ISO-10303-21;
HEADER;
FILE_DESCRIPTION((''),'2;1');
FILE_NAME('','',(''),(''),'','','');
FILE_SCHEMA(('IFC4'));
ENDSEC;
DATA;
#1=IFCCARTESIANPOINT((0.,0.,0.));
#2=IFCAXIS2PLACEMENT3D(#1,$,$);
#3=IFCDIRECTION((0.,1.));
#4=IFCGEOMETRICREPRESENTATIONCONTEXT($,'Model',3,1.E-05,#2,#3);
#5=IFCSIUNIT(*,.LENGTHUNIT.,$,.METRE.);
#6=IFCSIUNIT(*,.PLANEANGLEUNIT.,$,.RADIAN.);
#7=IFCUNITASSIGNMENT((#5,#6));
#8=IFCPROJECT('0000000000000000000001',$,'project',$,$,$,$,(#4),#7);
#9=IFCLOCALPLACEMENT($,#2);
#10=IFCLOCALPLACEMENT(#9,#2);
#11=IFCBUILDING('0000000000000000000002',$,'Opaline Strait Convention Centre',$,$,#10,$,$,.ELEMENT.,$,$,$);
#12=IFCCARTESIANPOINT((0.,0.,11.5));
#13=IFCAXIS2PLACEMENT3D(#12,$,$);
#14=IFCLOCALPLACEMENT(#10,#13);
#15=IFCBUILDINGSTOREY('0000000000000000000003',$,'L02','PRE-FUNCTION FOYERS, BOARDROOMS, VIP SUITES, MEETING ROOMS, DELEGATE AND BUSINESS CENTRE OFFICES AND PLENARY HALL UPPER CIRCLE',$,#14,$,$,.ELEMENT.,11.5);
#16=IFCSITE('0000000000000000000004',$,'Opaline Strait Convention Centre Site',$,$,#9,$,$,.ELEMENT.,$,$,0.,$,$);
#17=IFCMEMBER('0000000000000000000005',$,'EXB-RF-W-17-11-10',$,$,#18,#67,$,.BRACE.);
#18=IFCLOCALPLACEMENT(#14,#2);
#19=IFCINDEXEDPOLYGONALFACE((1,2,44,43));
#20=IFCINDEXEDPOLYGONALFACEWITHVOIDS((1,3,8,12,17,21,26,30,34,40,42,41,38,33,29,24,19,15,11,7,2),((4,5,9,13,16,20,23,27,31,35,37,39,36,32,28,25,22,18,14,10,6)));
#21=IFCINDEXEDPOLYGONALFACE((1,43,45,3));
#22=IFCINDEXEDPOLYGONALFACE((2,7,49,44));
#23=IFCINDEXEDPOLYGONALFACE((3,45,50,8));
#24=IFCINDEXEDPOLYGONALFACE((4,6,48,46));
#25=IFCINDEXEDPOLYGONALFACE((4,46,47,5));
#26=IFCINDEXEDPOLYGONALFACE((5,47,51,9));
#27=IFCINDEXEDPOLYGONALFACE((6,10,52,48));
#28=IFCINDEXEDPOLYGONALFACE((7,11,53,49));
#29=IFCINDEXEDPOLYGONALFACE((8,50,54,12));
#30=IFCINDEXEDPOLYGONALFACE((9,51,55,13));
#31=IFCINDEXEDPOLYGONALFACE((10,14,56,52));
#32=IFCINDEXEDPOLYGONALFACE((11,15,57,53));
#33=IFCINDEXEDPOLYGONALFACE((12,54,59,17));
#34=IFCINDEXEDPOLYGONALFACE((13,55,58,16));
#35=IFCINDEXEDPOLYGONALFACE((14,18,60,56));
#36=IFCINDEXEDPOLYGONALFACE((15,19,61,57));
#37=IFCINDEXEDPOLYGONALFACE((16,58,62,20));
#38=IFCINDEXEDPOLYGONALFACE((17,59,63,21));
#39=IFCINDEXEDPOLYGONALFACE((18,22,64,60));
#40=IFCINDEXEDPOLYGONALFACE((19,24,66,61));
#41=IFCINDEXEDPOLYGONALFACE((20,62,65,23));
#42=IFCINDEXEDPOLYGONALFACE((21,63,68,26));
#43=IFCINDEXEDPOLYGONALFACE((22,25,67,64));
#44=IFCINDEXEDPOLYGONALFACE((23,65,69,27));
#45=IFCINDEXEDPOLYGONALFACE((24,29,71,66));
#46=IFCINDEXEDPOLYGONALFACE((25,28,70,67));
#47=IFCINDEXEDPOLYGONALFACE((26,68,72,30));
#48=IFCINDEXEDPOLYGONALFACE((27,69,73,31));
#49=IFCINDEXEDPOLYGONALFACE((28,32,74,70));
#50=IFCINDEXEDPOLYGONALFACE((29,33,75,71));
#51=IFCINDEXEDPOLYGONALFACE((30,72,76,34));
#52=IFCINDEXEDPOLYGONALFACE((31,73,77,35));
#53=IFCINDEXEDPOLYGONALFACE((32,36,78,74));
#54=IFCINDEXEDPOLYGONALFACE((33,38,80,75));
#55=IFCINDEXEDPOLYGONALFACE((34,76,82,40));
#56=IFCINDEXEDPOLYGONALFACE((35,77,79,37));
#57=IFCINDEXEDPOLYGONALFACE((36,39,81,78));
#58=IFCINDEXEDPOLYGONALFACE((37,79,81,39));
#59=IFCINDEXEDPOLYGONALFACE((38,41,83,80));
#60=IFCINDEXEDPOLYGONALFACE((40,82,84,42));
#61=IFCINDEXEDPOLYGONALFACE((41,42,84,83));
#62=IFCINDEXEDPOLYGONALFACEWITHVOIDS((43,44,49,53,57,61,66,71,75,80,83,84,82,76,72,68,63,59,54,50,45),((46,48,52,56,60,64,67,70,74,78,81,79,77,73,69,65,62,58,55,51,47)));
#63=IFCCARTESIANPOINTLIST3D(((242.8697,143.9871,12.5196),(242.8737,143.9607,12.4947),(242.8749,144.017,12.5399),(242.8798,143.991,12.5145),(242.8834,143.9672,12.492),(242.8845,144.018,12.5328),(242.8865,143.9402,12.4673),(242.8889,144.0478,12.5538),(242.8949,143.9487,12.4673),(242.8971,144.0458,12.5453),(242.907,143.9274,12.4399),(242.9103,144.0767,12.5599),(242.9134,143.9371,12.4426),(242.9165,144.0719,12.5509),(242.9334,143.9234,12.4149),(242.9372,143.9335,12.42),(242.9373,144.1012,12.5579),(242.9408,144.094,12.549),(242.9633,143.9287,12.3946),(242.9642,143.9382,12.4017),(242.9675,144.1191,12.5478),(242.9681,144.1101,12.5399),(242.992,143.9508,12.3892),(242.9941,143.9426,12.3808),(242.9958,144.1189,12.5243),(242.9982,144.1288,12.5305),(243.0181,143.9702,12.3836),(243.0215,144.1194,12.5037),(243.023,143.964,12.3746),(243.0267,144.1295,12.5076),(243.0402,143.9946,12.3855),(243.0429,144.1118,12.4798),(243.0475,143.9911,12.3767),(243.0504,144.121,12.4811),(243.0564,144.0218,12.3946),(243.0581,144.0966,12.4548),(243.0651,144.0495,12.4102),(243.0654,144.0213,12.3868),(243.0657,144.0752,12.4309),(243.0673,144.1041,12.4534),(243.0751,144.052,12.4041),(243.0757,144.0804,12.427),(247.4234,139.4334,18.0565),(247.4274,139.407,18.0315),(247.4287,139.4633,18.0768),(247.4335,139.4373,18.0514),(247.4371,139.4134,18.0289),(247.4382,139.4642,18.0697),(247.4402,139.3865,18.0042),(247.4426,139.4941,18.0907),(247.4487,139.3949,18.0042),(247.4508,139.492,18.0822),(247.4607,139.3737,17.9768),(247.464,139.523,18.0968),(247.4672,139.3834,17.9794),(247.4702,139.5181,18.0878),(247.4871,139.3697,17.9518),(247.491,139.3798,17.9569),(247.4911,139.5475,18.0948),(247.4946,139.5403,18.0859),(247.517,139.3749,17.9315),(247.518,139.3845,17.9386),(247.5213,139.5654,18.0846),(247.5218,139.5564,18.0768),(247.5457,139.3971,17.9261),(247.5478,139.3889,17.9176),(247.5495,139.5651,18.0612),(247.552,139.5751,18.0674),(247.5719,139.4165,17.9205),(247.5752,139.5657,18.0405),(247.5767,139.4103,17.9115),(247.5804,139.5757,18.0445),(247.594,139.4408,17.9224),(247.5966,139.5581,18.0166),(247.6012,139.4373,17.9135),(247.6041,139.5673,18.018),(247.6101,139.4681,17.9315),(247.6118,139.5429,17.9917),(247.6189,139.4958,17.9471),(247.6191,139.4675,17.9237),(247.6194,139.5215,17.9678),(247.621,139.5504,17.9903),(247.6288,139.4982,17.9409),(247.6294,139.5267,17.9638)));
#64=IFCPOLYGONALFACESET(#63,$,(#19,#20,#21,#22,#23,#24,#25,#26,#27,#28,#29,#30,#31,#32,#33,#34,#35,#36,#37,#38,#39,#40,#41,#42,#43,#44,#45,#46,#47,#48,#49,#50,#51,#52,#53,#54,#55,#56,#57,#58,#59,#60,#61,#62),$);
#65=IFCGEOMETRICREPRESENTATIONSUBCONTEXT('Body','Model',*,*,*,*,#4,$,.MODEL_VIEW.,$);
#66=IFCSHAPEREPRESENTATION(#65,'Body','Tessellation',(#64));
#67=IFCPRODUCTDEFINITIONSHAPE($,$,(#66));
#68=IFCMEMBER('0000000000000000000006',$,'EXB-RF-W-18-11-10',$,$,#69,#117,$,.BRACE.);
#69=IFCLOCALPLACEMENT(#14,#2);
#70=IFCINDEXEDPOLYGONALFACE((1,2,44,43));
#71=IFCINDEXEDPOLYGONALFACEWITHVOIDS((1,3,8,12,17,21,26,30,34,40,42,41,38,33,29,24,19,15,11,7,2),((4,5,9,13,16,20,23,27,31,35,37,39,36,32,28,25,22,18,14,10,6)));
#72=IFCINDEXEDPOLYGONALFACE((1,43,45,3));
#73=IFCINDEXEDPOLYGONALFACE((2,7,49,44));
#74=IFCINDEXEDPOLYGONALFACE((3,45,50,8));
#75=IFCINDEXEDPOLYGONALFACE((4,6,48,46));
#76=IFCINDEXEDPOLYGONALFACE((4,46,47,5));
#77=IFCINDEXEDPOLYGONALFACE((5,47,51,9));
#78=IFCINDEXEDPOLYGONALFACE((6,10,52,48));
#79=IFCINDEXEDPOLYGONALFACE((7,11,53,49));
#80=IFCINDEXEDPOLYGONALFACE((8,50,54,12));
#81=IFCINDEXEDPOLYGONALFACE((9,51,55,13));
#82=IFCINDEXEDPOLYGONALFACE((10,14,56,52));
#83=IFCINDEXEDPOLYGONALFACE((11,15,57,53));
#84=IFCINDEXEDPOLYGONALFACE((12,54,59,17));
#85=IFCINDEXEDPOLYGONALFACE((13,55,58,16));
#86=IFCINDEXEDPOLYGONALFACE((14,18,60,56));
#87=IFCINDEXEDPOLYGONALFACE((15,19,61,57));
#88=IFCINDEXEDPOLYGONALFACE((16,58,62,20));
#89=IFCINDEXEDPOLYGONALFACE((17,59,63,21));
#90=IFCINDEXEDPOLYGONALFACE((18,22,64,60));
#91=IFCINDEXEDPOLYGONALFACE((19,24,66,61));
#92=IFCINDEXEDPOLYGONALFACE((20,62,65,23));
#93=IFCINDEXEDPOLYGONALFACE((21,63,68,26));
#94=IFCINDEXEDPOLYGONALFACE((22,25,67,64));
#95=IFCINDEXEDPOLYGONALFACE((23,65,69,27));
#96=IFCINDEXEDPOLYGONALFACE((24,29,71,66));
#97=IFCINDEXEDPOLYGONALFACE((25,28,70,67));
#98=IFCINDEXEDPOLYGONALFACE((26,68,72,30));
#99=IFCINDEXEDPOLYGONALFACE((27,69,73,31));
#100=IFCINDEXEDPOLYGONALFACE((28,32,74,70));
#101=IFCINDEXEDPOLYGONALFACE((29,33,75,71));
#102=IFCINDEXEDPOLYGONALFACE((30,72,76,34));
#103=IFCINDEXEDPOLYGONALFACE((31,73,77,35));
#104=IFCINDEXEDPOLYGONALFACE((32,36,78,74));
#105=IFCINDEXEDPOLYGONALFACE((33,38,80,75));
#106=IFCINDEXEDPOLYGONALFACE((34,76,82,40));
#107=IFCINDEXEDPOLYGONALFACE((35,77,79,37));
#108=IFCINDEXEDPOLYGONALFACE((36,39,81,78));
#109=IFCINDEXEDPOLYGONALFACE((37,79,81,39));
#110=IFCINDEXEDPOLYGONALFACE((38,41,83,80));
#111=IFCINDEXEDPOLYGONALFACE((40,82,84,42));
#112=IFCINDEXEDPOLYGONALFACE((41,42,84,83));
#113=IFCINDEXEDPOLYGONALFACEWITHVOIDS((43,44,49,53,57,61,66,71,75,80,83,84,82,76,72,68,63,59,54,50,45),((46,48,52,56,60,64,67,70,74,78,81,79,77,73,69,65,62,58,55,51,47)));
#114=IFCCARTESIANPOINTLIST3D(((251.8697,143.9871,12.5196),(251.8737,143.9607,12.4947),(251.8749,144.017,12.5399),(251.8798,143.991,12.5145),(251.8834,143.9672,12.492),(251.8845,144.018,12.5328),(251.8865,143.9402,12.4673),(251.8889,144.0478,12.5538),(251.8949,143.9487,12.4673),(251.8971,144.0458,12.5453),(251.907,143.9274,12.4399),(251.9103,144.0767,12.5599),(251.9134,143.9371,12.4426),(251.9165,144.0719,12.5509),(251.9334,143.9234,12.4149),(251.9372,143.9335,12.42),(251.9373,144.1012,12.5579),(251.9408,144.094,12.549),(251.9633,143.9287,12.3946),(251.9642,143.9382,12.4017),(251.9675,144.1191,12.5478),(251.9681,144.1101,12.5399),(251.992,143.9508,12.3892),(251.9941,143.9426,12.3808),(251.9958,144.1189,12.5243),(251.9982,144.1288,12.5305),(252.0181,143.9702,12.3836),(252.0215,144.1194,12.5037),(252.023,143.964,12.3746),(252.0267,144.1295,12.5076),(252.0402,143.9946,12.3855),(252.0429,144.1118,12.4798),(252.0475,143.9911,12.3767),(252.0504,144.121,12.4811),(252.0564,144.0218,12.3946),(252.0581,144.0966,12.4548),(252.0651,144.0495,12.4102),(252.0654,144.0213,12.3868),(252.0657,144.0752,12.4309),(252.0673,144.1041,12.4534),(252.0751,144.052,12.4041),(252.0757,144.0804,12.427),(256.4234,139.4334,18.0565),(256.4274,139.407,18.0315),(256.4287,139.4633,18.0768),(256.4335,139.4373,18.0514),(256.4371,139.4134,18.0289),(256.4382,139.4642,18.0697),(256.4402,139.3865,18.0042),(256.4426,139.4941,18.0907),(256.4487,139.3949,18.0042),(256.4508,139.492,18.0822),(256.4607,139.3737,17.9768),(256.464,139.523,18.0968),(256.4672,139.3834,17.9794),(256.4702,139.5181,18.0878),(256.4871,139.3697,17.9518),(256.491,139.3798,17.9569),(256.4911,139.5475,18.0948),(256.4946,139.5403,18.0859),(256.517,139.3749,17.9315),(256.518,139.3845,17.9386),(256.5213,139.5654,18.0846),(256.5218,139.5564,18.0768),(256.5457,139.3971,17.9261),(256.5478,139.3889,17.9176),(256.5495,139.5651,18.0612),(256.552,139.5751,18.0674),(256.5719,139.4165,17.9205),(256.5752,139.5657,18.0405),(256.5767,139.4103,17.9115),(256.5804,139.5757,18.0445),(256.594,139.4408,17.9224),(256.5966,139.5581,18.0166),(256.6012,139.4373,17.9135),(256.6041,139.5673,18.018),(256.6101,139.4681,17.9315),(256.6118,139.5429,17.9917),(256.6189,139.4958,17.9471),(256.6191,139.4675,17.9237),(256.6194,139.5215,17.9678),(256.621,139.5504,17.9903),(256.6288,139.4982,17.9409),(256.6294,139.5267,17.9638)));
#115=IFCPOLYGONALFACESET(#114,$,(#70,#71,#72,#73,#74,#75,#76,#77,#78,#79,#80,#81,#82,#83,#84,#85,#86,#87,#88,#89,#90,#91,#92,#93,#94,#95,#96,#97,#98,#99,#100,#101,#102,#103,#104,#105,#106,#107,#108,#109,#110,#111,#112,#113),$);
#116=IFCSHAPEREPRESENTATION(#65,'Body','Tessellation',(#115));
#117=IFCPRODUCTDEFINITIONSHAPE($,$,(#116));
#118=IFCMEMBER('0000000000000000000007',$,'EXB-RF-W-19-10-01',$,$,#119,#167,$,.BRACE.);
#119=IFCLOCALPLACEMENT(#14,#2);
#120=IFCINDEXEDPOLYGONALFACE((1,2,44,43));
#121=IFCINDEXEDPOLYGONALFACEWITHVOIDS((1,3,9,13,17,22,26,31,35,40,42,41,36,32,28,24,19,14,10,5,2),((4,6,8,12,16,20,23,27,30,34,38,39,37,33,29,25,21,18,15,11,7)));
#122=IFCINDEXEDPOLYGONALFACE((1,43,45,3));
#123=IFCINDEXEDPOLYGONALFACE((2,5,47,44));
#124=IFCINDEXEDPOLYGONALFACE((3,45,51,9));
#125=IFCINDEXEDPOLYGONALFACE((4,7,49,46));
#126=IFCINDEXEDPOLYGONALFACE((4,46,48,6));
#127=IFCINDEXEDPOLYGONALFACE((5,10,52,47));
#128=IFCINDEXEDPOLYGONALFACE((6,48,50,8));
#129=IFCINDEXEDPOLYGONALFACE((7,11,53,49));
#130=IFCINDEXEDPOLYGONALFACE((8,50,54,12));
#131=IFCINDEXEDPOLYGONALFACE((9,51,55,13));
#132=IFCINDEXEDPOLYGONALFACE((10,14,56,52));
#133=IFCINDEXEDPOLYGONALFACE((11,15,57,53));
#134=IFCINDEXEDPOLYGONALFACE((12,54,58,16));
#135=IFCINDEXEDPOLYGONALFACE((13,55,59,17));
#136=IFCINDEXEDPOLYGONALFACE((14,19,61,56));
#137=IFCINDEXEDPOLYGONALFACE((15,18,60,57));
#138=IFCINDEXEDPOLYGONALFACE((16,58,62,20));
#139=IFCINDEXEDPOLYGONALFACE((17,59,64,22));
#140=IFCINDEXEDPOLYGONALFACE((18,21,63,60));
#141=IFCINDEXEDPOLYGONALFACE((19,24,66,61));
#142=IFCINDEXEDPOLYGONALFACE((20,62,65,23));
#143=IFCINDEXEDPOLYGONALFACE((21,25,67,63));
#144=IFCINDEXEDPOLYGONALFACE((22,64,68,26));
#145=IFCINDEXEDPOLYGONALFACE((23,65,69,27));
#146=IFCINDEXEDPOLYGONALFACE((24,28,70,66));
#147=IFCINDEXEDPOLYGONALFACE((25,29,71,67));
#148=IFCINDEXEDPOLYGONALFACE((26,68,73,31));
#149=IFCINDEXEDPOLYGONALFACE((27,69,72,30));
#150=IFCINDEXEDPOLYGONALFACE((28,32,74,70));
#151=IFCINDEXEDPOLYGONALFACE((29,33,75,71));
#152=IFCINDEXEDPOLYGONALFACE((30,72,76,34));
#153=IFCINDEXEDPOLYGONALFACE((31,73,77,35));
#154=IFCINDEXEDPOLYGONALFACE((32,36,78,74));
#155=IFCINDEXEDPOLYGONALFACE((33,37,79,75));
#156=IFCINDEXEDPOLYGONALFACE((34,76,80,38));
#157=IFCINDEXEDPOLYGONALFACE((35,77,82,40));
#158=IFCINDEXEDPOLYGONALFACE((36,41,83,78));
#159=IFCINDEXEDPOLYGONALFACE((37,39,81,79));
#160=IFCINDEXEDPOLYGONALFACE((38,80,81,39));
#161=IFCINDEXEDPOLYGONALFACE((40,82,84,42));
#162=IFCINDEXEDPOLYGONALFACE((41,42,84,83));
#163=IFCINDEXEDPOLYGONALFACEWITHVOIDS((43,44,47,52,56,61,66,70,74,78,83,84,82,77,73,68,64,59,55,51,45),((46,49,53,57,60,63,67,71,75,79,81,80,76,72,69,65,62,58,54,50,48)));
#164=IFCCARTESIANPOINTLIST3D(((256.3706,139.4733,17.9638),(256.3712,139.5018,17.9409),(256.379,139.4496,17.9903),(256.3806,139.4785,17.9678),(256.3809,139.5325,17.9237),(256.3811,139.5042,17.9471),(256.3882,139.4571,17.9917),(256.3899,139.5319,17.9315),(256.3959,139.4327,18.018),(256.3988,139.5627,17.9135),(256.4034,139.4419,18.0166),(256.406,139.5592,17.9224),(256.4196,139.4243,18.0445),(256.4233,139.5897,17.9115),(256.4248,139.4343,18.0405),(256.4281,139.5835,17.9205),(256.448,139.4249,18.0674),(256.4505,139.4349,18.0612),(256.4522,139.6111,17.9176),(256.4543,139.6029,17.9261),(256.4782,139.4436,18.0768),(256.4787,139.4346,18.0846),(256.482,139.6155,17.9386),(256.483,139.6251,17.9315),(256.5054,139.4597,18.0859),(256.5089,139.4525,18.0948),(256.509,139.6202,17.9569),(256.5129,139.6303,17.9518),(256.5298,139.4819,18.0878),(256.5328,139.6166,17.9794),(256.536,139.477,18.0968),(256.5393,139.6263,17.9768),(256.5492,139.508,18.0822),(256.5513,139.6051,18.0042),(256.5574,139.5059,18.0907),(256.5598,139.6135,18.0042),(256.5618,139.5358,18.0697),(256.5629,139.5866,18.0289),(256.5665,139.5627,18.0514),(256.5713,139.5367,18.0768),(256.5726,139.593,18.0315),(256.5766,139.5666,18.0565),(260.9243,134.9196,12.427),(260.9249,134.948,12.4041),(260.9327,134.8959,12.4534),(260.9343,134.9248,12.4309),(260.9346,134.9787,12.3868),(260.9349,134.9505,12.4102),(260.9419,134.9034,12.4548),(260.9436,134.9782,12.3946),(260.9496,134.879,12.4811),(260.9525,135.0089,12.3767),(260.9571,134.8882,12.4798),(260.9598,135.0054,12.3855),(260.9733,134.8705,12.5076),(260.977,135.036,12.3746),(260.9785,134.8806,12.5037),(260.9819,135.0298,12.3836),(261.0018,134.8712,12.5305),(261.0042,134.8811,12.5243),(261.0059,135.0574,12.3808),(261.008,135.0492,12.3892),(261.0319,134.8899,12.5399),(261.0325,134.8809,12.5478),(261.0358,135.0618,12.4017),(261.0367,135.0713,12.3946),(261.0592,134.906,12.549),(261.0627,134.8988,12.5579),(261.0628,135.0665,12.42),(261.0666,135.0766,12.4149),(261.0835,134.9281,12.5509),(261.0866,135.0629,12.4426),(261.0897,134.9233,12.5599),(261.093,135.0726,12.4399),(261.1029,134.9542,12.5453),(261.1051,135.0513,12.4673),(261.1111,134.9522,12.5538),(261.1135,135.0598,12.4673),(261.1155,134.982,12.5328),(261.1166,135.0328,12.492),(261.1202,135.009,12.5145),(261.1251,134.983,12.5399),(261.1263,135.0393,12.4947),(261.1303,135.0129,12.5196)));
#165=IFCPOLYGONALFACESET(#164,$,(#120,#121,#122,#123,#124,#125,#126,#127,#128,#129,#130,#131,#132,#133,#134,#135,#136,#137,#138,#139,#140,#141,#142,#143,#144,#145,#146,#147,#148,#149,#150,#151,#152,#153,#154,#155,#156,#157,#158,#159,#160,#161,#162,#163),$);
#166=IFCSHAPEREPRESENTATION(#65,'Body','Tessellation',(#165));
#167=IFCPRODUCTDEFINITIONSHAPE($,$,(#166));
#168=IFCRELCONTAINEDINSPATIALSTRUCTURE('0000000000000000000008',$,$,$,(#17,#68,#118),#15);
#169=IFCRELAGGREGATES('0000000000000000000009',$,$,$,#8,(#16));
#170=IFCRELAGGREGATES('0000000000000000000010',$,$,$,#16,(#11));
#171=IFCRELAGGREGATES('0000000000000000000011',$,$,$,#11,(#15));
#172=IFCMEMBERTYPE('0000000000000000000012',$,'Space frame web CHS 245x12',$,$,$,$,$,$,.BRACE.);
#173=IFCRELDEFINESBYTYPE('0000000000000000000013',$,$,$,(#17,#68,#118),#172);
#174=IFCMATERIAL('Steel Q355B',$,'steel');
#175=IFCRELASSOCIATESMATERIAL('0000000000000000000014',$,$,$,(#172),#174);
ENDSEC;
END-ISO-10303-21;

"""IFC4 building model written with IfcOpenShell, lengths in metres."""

from ifc_helpers import new_model, si_unit, direction, frame, origin, origin_2d, place, context, subcontext, project, spatial, hollow_circle, extrude, material, material_profile, profile_set, type_object, element, save


model = new_model("IFC4")

# Units and contexts
model_context = context("Model", 3, precision=1e-05, world=origin(), true_north=direction((0.0, 1.0)))
body_context = subcontext(model_context, "Body", "Model", "MODEL_VIEW")
ifc_project = project(units=[si_unit("LENGTHUNIT", "METRE"), si_unit("PLANEANGLEUNIT", "RADIAN")], contexts=[model_context])

# Site, building, storey
site_placement = place(None, origin())
site = spatial("IfcSite", under=ifc_project, at=site_placement, Name="Opaline Strait Convention Centre Site", CompositionType="ELEMENT", RefElevation=0.0)
building_placement = place(site_placement, origin())
building = spatial("IfcBuilding", under=site, at=building_placement, Name="Opaline Strait Convention Centre", CompositionType="ELEMENT")
storey_placement = place(building_placement, frame((0.0, 0.0, 11.5)))
storey = spatial("IfcBuildingStorey", under=building, at=storey_placement, Name="L02", Description="PRE-FUNCTION FOYERS, BOARDROOMS, VIP SUITES, MEETING ROOMS, DELEGATE AND BUSINESS CENTRE OFFICES AND PLENARY HALL UPPER CIRCLE", CompositionType="ELEMENT", Elevation=11.5)

# Shared definitions
ifc_material_1 = material(Name="Steel Q355B", Category="steel")

# Members
ifc_material_profile_1 = material_profile(ifc_material_1, hollow_circle(Radius=0.1226, WallThickness=0.012, at=origin_2d()), Name="CHS 245x12")
ifc_profile_set_1 = profile_set([ifc_material_profile_1], Name="Steel Q355B")
member_type_1 = type_object("IfcMemberType", Name="Space frame web CHS 245x12", PredefinedType="BRACE", material=ifc_profile_set_1)
for number, where, z_axis, x_axis, name in (
    (1, (247.5269, 139.4731, 18.0042), (-0.536178, 0.536178, -0.65194), (-0.707107, -0.707107, 0.0), "EXB-RF-W-17-11-10"),
    (2, (256.5269, 139.4731, 18.0042), (-0.536178, 0.536178, -0.65194), (-0.707107, -0.707107, 0.0), "EXB-RF-W-18-11-10"),
    (3, (256.4731, 139.5269, 18.0042), (0.536178, -0.536178, -0.65194), (0.707107, 0.707107, 0.0), "EXB-RF-W-19-10-01"),
):
    element("IfcMember", number, at=place(storey_placement, frame(where, z_axis=z_axis, x_axis=x_axis)), inside=storey, type_object=member_type_1, Name=name, PredefinedType="BRACE", context=body_context, shape_type="SweptSolid", body=[
        extrude(hollow_circle(Radius=0.1226, WallThickness=0.012, at=origin_2d()), origin(), (0.0, 0.0, 1.0), 8.4929),
    ])

save(model, "model.ifc")
